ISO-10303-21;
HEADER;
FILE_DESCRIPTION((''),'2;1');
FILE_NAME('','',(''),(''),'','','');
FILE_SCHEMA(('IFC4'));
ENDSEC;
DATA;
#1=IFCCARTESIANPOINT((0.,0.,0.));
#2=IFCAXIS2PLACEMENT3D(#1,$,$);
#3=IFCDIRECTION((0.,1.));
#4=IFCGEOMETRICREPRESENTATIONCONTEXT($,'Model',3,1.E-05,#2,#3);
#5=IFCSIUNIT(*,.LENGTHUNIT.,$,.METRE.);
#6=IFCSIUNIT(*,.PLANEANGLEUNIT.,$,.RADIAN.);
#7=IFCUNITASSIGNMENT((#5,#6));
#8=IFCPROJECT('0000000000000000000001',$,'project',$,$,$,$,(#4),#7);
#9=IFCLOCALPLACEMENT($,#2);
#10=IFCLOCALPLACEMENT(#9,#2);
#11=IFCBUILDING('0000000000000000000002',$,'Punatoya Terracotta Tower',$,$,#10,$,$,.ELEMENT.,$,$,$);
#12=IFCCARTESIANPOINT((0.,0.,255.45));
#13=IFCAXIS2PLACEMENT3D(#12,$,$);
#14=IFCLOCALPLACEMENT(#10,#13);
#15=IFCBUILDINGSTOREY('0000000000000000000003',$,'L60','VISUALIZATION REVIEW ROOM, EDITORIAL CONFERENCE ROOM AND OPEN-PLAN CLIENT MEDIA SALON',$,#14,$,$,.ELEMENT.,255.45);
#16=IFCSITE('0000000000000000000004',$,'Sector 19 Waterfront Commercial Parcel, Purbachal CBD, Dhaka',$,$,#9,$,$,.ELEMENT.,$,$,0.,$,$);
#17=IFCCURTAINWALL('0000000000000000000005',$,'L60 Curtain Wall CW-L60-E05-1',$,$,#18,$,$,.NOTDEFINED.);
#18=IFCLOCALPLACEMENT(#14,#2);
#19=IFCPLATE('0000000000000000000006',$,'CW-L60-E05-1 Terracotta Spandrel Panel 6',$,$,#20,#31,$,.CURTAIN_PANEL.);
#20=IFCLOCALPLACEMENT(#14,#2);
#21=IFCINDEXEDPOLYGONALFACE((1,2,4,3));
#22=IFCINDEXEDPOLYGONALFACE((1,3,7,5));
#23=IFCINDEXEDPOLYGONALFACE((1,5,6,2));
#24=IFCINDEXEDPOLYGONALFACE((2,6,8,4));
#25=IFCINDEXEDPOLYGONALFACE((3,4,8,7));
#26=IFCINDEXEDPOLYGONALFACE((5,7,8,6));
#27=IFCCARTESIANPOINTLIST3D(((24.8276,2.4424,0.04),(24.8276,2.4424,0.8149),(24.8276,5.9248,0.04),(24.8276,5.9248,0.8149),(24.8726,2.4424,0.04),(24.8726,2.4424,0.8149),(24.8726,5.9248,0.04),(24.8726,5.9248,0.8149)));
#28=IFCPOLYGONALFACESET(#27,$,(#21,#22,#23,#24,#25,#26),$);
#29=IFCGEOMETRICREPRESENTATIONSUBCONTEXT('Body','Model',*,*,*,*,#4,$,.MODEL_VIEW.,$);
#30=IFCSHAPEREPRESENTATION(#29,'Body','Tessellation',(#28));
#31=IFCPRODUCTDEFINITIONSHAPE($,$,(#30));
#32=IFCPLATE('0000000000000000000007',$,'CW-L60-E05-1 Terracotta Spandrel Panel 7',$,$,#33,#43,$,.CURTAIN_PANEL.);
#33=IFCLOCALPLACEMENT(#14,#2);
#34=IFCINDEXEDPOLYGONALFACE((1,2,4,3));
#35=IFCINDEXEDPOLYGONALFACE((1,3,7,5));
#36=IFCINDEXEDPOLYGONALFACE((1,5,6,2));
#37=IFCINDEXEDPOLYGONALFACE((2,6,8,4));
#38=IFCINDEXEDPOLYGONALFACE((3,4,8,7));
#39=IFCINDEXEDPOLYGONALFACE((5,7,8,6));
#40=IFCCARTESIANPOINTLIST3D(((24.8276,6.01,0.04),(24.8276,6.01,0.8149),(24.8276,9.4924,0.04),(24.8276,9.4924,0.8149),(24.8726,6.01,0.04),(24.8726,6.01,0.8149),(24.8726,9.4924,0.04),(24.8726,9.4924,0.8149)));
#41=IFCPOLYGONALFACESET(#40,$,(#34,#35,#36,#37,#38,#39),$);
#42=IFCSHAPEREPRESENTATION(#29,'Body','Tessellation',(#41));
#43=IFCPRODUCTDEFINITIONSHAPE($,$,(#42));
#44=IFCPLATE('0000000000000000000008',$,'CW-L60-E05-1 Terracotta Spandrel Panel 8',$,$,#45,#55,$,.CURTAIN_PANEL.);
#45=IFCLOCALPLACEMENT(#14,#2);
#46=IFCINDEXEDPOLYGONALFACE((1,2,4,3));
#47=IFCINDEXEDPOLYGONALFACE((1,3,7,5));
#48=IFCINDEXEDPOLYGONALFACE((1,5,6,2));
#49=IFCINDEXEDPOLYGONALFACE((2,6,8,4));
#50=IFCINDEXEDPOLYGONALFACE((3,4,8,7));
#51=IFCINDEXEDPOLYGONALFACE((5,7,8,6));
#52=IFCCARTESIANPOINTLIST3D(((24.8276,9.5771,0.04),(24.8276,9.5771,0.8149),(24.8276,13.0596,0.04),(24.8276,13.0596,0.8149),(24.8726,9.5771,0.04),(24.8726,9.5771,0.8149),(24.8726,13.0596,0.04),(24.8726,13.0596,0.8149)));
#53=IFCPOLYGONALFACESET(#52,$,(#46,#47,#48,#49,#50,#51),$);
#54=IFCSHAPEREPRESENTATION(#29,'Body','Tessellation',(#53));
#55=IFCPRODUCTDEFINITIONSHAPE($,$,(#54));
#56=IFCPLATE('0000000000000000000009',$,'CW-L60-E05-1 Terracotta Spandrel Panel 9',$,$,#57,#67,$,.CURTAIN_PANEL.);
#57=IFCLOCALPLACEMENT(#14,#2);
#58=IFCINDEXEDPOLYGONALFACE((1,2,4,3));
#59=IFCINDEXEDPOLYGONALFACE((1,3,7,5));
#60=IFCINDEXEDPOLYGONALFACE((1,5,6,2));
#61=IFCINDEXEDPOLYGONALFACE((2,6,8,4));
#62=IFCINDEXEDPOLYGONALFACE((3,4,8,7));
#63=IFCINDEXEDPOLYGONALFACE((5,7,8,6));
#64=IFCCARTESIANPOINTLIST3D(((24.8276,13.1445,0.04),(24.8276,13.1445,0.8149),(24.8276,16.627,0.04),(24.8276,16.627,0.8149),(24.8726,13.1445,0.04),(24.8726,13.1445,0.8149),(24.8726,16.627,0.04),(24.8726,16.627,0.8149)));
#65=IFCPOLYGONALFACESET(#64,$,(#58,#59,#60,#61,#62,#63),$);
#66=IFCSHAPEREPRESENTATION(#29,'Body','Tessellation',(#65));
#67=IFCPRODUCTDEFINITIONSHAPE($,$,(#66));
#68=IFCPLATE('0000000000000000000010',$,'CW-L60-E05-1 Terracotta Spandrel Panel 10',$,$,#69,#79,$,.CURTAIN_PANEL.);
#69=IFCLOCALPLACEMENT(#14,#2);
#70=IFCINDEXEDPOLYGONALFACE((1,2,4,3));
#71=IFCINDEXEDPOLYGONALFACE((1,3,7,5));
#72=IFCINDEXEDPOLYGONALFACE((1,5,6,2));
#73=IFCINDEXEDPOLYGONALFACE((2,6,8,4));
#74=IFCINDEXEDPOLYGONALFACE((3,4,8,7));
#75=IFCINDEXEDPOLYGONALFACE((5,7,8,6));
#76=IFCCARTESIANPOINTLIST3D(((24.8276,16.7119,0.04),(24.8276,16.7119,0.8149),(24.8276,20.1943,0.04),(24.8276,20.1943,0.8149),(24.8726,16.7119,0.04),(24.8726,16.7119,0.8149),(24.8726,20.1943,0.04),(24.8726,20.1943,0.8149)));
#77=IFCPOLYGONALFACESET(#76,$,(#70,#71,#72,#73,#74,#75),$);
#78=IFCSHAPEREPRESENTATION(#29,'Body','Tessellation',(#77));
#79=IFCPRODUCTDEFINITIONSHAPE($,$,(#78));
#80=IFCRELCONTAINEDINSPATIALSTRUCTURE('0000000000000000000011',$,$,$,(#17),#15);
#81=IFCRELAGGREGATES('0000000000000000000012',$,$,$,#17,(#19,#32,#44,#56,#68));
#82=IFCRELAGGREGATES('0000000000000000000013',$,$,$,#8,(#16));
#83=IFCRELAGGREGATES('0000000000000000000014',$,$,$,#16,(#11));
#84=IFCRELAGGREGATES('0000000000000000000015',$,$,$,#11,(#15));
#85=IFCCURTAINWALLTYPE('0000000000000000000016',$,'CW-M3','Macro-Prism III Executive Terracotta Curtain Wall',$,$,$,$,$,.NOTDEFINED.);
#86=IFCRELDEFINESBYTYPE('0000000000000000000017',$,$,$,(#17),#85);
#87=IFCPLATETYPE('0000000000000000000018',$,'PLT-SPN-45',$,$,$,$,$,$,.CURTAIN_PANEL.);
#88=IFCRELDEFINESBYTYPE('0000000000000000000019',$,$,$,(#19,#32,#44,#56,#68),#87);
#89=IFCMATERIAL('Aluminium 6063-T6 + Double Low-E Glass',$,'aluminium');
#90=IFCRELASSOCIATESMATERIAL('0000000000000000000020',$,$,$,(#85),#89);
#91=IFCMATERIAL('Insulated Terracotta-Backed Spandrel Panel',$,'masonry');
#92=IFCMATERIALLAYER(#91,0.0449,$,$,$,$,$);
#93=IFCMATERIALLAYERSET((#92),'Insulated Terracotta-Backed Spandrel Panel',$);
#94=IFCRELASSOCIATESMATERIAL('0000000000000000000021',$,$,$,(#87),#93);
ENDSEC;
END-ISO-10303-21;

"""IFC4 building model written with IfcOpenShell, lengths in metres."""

from ifc_helpers import new_model, si_unit, direction, frame, origin, origin_2d, place, context, subcontext, project, spatial, rectangle, extrude, material, layer, layer_set, type_object, element, aggregate, save


model = new_model("IFC4")

# Units and contexts
model_context = context("Model", 3, precision=1e-05, world=origin(), true_north=direction((0.0, 1.0)))
body_context = subcontext(model_context, "Body", "Model", "MODEL_VIEW")
ifc_project = project(units=[si_unit("LENGTHUNIT", "METRE"), si_unit("PLANEANGLEUNIT", "RADIAN")], contexts=[model_context])

# Site, building, storey
site_placement = place(None, origin())
site = spatial("IfcSite", under=ifc_project, at=site_placement, Name="Sector 19 Waterfront Commercial Parcel, Purbachal CBD, Dhaka", CompositionType="ELEMENT", RefElevation=0.0)
building_placement = place(site_placement, origin())
building = spatial("IfcBuilding", under=site, at=building_placement, Name="Punatoya Terracotta Tower", CompositionType="ELEMENT")
storey_placement = place(building_placement, frame((0.0, 0.0, 255.45)))
storey = spatial("IfcBuildingStorey", under=building, at=storey_placement, Name="L60", Description="VISUALIZATION REVIEW ROOM, EDITORIAL CONFERENCE ROOM AND OPEN-PLAN CLIENT MEDIA SALON", CompositionType="ELEMENT", Elevation=255.45)

# Curtain wall, plates
ifc_material_1 = material(Name="Aluminium 6063-T6 + Double Low-E Glass", Category="aluminium")
curtain_wall_type = type_object("IfcCurtainWallType", Name="CW-M3", Description="Macro-Prism III Executive Terracotta Curtain Wall", PredefinedType="NOTDEFINED", material=ifc_material_1)
curtain_wall_placement = place(storey_placement, origin())
curtain_wall = element("IfcCurtainWall", 1, at=curtain_wall_placement, inside=storey, type_object=curtain_wall_type, Name="L60 Curtain Wall CW-L60-E05-1", PredefinedType="NOTDEFINED")
ifc_material_2 = material(Name="Insulated Terracotta-Backed Spandrel Panel", Category="masonry")
ifc_layer_1 = layer(ifc_material_2, 0.0449)
ifc_layer_set_1 = layer_set([ifc_layer_1], Name="Insulated Terracotta-Backed Spandrel Panel")
plate_type_1 = type_object("IfcPlateType", Name="PLT-SPN-45", PredefinedType="CURTAIN_PANEL", material=ifc_layer_set_1)
plate_1_placement = place(storey_placement, frame((24.8501, 4.1836, 0.04), z_axis=(0.0, 0.0, 1.0), x_axis=(0.0, 1.0, 0.0)))
plate_1 = element("IfcPlate", 2, at=plate_1_placement, type_object=plate_type_1, Name="CW-L60-E05-1 Terracotta Spandrel Panel 6", PredefinedType="CURTAIN_PANEL", context=body_context, shape_type="SweptSolid", body=[
    extrude(rectangle(XDim=3.4824, YDim=0.0449, at=origin_2d()), origin(), (0.0, 0.0, 1.0), 0.7749),
])
plate_2_placement = place(storey_placement, frame((24.8501, 7.7512, 0.04), z_axis=(0.0, 0.0, 1.0), x_axis=(0.0, 1.0, 0.0)))
plate_2 = element("IfcPlate", 3, at=plate_2_placement, type_object=plate_type_1, Name="CW-L60-E05-1 Terracotta Spandrel Panel 7", PredefinedType="CURTAIN_PANEL", context=body_context, shape_type="SweptSolid", body=[
    extrude(rectangle(XDim=3.4824, YDim=0.0449, at=origin_2d()), origin(), (0.0, 0.0, 1.0), 0.7749),
])
plate_3_placement = place(storey_placement, frame((24.8501, 11.3184, 0.04), z_axis=(0.0, 0.0, 1.0), x_axis=(0.0, 1.0, 0.0)))
plate_3 = element("IfcPlate", 4, at=plate_3_placement, type_object=plate_type_1, Name="CW-L60-E05-1 Terracotta Spandrel Panel 8", PredefinedType="CURTAIN_PANEL", context=body_context, shape_type="SweptSolid", body=[
    extrude(rectangle(XDim=3.4824, YDim=0.0449, at=origin_2d()), origin(), (0.0, 0.0, 1.0), 0.7749),
])
plate_4_placement = place(storey_placement, frame((24.8501, 14.8857, 0.04), z_axis=(0.0, 0.0, 1.0), x_axis=(0.0, 1.0, 0.0)))
plate_4 = element("IfcPlate", 5, at=plate_4_placement, type_object=plate_type_1, Name="CW-L60-E05-1 Terracotta Spandrel Panel 9", PredefinedType="CURTAIN_PANEL", context=body_context, shape_type="SweptSolid", body=[
    extrude(rectangle(XDim=3.4824, YDim=0.0449, at=origin_2d()), origin(), (0.0, 0.0, 1.0), 0.7749),
])
plate_5_placement = place(storey_placement, frame((24.8501, 18.4531, 0.04), z_axis=(0.0, 0.0, 1.0), x_axis=(0.0, 1.0, 0.0)))
plate_5 = element("IfcPlate", 6, at=plate_5_placement, type_object=plate_type_1, Name="CW-L60-E05-1 Terracotta Spandrel Panel 10", PredefinedType="CURTAIN_PANEL", context=body_context, shape_type="SweptSolid", body=[
    extrude(rectangle(XDim=3.4824, YDim=0.0449, at=origin_2d()), origin(), (0.0, 0.0, 1.0), 0.7749),
])
aggregate(curtain_wall, [plate_1, plate_2, plate_3, plate_4, plate_5])

save(model, "model.ifc")
